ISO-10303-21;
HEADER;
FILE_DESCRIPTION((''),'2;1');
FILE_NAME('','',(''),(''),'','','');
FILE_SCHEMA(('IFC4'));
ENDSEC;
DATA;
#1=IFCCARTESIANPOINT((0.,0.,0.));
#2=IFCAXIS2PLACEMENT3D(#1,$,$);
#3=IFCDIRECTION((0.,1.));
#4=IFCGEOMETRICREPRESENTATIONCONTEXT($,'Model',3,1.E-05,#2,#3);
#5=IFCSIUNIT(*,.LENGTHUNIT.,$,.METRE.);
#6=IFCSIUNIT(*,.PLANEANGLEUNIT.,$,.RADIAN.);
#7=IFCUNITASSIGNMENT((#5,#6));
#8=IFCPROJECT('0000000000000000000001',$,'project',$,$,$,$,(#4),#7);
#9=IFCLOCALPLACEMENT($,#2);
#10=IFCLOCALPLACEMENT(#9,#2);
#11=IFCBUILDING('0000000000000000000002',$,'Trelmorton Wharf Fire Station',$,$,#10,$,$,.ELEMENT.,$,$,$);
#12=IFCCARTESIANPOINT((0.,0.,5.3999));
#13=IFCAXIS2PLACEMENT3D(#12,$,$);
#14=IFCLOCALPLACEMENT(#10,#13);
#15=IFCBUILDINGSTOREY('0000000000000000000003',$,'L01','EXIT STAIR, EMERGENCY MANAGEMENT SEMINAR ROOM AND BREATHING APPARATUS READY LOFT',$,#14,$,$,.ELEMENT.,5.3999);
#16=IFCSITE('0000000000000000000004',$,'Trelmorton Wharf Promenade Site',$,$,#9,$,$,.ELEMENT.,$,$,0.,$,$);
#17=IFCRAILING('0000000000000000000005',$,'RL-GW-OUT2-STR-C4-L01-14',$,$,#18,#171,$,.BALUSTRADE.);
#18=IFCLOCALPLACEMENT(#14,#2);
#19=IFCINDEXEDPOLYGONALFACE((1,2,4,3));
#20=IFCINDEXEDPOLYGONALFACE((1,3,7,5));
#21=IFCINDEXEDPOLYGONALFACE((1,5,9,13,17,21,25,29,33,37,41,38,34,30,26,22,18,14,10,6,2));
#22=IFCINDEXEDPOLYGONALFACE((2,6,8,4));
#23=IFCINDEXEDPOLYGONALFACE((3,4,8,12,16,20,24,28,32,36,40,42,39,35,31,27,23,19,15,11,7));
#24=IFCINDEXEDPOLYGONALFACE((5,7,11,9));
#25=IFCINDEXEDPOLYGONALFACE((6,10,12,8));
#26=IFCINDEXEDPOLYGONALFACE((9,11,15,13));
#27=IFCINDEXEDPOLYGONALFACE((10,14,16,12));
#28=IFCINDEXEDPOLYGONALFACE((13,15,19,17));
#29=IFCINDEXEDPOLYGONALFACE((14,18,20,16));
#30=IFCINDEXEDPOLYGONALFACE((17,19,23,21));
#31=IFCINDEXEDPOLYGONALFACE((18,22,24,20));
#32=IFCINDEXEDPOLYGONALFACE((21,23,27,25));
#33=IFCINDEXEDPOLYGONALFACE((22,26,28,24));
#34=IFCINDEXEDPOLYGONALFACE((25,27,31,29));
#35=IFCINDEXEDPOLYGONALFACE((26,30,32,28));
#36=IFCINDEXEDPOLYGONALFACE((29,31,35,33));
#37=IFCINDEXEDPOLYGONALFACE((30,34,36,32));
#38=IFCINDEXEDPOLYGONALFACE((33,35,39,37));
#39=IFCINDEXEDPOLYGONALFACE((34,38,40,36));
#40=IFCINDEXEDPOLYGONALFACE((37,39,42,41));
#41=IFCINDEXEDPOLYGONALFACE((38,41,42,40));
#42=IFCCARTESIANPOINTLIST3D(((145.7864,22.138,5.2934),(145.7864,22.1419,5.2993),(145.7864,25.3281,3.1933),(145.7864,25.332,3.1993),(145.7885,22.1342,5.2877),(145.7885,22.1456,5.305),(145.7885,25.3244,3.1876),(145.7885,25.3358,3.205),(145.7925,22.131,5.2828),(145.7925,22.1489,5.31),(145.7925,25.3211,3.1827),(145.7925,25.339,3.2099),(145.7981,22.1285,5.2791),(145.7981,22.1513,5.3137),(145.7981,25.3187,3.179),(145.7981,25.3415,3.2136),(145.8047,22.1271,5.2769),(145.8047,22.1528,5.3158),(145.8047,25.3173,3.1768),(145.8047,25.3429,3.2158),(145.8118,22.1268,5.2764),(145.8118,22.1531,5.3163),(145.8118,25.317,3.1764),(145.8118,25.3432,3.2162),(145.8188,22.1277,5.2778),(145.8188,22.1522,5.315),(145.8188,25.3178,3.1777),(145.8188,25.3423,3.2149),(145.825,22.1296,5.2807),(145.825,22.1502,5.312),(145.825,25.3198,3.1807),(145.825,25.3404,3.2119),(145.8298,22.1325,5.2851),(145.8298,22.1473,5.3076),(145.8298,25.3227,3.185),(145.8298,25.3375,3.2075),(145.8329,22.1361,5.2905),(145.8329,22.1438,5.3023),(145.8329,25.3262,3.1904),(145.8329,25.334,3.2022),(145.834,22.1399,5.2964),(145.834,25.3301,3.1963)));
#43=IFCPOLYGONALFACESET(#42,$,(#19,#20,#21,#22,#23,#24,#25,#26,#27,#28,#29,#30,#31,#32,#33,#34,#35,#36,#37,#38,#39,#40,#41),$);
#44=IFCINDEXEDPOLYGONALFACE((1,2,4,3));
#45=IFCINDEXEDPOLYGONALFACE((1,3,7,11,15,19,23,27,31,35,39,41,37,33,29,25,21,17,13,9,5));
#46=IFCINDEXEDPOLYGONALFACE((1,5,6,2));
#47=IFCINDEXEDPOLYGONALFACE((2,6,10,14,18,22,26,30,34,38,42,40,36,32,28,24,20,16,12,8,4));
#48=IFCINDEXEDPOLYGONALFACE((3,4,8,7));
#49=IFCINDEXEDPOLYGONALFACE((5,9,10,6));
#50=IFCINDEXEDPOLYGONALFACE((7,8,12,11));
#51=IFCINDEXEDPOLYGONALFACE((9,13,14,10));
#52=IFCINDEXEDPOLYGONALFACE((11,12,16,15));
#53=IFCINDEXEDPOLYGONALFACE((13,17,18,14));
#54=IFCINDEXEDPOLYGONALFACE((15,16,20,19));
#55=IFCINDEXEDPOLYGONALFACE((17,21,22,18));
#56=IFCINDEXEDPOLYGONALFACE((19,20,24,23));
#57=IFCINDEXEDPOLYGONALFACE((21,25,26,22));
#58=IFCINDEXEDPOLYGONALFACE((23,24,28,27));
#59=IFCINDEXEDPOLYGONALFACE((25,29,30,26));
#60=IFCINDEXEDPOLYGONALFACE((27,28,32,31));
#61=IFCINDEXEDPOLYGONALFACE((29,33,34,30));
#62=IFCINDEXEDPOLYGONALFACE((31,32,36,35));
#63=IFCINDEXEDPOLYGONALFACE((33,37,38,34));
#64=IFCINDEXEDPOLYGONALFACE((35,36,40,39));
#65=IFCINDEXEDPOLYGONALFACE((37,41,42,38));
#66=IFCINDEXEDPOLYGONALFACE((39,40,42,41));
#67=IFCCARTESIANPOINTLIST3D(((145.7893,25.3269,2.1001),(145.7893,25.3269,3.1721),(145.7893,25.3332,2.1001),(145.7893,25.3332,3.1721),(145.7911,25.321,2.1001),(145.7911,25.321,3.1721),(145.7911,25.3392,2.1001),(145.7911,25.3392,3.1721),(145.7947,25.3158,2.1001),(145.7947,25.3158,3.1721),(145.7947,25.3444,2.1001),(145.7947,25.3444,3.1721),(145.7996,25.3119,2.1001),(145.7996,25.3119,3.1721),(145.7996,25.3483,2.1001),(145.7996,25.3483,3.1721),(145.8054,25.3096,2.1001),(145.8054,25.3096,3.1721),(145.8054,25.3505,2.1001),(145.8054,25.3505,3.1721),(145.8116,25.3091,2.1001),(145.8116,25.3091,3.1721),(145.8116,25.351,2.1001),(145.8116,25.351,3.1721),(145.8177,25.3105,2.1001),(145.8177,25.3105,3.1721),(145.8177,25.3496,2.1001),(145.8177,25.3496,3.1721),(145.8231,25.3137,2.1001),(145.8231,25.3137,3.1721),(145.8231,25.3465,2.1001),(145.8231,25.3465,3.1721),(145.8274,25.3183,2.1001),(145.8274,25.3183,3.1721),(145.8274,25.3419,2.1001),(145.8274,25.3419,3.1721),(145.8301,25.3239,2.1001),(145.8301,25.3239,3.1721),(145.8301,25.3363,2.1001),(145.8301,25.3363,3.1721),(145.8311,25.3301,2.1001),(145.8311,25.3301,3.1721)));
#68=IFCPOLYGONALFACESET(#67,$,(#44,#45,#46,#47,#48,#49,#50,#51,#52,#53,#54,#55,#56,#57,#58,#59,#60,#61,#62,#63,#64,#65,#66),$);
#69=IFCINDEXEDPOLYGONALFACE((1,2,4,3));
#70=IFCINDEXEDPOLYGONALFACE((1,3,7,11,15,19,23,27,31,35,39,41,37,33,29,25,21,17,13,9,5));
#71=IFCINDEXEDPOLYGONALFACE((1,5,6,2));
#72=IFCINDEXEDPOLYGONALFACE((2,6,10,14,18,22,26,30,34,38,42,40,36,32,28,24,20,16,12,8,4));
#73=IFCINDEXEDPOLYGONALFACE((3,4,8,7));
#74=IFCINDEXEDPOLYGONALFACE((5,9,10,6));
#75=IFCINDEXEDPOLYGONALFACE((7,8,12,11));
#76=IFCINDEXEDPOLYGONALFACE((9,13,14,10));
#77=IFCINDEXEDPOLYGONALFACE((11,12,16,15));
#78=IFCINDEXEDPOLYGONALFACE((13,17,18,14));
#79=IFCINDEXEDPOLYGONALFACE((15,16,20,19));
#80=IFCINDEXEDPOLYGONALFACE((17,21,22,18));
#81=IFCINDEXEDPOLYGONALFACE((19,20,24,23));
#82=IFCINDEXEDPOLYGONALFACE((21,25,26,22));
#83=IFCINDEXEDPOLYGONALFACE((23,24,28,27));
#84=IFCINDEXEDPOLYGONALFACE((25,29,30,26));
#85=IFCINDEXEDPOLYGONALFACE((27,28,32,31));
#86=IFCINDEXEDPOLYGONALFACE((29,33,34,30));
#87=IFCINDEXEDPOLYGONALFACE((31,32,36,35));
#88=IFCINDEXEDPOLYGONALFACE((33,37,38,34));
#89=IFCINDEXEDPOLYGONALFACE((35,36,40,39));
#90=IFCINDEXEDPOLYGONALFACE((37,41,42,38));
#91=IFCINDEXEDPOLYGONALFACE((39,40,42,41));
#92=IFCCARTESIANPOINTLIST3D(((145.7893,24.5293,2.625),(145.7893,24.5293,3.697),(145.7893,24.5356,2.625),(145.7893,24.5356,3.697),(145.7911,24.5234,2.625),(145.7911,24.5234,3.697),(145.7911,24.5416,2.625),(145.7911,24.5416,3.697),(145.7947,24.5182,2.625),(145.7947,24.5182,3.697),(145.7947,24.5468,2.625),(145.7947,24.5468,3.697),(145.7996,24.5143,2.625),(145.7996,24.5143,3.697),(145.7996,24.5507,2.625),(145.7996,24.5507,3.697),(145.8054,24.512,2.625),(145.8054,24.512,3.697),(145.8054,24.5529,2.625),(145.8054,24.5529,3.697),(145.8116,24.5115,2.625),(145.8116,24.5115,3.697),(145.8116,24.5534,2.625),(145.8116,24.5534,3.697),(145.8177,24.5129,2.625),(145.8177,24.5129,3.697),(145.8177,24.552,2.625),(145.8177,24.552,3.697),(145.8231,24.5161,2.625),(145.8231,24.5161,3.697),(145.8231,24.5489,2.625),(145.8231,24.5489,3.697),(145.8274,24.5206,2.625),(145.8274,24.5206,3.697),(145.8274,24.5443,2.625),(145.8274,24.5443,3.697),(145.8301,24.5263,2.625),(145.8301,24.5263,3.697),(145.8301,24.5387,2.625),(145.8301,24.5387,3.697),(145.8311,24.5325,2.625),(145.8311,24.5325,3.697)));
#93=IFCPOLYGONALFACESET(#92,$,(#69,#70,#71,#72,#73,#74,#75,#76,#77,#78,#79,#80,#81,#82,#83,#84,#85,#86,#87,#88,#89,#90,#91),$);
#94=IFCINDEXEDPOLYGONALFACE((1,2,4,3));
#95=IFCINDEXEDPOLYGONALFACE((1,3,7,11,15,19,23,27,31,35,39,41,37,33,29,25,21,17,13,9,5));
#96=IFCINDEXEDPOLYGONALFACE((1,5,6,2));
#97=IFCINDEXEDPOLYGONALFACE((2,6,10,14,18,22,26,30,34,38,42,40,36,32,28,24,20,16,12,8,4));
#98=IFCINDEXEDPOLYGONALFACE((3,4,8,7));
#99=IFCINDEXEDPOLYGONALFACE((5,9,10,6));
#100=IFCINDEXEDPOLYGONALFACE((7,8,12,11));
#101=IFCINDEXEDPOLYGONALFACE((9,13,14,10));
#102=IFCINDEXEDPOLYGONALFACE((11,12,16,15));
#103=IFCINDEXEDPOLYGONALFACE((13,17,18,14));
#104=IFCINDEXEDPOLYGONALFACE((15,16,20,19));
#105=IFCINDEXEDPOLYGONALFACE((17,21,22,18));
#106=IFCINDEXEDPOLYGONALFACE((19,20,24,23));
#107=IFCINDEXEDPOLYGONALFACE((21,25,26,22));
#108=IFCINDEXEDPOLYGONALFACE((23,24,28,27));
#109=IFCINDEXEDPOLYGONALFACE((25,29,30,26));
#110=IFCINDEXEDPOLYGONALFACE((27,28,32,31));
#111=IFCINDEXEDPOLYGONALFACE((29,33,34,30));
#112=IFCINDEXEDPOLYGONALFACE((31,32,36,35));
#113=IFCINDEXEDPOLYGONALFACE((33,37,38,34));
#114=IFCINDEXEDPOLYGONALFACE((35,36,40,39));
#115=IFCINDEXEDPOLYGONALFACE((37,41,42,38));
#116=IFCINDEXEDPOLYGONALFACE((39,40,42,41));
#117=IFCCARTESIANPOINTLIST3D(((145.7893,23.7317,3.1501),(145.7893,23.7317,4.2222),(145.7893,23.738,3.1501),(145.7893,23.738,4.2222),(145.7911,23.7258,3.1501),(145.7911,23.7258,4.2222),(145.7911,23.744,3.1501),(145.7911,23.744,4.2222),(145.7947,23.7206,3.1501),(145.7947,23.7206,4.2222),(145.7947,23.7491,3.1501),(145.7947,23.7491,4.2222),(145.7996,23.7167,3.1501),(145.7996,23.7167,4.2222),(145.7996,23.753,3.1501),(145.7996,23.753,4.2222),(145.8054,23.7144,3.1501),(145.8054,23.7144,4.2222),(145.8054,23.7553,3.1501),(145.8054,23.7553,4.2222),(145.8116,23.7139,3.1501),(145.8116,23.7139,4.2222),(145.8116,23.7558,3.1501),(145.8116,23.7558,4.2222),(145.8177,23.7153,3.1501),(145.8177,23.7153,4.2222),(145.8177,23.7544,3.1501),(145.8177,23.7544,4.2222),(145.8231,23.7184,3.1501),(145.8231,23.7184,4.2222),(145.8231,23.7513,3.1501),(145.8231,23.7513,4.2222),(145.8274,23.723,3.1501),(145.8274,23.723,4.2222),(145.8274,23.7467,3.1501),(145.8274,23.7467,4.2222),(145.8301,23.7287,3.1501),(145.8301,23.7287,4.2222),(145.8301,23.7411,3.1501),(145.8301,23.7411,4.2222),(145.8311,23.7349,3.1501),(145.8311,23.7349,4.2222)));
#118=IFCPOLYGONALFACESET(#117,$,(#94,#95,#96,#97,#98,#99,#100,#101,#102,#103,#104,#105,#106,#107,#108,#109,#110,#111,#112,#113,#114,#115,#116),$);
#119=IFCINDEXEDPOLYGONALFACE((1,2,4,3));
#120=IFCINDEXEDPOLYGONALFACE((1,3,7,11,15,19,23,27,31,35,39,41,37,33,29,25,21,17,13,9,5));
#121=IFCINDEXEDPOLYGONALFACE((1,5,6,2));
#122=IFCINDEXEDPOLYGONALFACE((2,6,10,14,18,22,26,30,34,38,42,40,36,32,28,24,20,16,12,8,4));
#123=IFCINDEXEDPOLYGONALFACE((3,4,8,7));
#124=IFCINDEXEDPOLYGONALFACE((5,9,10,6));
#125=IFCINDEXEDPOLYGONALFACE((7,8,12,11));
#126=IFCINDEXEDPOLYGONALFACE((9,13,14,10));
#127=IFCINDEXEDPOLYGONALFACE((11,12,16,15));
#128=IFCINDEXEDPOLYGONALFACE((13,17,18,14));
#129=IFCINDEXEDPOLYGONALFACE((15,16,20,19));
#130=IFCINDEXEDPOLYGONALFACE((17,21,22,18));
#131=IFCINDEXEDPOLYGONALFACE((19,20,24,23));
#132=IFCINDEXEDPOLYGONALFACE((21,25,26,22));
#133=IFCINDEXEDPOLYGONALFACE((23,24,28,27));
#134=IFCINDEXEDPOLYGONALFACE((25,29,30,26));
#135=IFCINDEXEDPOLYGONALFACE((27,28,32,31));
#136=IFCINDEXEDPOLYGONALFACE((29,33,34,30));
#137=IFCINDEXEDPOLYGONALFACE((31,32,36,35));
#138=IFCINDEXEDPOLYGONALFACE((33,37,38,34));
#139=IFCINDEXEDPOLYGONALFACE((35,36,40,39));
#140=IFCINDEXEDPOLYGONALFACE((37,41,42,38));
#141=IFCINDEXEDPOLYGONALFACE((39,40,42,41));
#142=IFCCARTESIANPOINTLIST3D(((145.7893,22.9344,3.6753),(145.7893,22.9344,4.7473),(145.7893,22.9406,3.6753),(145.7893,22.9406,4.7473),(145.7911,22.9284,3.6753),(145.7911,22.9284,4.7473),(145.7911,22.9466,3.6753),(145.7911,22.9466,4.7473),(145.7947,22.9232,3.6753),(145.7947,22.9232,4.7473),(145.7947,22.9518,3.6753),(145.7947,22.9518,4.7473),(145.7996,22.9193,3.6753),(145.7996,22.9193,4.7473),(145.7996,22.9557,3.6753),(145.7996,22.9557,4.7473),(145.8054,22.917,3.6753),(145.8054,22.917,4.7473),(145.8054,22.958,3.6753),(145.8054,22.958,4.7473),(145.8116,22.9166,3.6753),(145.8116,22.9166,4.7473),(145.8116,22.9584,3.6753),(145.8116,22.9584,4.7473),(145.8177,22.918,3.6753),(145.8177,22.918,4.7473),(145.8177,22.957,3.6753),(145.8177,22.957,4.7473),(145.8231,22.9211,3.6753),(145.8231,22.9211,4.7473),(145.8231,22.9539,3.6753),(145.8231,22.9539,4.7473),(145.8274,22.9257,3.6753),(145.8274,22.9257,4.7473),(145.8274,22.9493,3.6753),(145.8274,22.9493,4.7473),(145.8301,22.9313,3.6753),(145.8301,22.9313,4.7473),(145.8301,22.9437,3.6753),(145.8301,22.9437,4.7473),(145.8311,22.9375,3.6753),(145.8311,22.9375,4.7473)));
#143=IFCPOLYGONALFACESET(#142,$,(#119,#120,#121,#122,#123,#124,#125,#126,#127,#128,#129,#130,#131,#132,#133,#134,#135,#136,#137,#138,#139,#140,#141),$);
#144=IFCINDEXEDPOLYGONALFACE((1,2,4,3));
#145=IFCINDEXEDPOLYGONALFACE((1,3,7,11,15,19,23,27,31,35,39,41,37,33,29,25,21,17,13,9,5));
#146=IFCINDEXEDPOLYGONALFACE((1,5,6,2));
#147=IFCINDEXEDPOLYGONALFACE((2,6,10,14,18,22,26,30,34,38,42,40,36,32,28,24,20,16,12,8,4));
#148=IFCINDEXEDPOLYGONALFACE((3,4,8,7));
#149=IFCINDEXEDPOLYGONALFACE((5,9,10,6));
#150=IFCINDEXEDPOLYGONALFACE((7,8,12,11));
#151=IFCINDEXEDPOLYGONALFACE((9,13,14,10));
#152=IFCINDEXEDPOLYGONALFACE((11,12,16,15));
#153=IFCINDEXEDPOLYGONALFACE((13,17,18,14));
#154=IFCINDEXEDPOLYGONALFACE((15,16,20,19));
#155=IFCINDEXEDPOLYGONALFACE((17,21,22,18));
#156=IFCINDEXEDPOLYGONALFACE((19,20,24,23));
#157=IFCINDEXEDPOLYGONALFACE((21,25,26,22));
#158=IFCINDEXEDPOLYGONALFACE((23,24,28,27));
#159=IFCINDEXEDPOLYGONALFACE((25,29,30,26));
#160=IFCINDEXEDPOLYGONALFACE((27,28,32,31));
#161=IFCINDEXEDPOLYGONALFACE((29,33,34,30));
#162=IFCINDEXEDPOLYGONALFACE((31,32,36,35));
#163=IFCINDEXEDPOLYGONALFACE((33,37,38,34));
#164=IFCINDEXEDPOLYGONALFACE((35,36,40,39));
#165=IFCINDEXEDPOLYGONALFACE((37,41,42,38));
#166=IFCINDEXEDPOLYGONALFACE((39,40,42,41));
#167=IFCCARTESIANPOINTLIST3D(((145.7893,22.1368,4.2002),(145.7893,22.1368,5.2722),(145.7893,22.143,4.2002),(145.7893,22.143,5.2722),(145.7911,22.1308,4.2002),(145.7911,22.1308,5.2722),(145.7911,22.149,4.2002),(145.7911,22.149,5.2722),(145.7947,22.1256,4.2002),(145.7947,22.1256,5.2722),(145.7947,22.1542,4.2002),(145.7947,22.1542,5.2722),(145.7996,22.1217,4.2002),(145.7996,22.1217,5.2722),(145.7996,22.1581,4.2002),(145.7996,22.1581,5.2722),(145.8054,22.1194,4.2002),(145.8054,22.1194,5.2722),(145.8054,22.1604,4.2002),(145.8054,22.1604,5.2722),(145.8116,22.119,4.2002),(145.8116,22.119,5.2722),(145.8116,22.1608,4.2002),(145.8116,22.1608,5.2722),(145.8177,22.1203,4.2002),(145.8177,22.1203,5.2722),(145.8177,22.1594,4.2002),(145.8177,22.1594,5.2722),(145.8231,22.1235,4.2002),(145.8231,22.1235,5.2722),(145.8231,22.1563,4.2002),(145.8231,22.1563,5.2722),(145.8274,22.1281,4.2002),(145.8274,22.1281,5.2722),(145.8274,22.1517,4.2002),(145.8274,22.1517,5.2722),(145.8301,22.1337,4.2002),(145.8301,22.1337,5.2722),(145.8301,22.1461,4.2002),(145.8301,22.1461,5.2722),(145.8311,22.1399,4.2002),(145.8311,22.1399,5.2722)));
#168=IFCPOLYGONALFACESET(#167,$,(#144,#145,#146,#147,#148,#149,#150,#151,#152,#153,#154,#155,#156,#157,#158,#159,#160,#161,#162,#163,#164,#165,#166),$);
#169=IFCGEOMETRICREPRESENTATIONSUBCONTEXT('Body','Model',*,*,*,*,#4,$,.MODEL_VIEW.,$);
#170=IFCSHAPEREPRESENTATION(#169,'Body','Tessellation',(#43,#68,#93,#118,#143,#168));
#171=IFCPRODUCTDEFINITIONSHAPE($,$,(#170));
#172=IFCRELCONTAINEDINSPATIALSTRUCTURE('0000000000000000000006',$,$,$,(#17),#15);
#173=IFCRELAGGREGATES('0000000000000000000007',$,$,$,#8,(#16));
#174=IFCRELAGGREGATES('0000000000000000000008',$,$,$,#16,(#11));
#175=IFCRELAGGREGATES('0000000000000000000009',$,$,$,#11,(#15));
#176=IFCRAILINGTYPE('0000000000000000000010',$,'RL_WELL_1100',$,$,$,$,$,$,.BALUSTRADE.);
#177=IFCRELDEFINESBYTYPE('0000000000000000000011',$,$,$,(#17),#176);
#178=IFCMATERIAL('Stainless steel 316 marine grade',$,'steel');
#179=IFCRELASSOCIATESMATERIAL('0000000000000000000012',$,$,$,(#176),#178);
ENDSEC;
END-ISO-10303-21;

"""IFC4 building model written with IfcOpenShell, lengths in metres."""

from ifc_helpers import new_model, si_unit, direction, frame, origin, origin_2d, place, context, subcontext, project, spatial, circle, extrude, material, type_object, element, save


model = new_model("IFC4")

# Units and contexts
model_context = context("Model", 3, precision=1e-05, world=origin(), true_north=direction((0.0, 1.0)))
body_context = subcontext(model_context, "Body", "Model", "MODEL_VIEW")
ifc_project = project(units=[si_unit("LENGTHUNIT", "METRE"), si_unit("PLANEANGLEUNIT", "RADIAN")], contexts=[model_context])

# Site, building, storey
site_placement = place(None, origin())
site = spatial("IfcSite", under=ifc_project, at=site_placement, Name="Trelmorton Wharf Promenade Site", CompositionType="ELEMENT", RefElevation=0.0)
building_placement = place(site_placement, origin())
building = spatial("IfcBuilding", under=site, at=building_placement, Name="Trelmorton Wharf Fire Station", CompositionType="ELEMENT")
storey_placement = place(building_placement, frame((0.0, 0.0, 5.3999)))
storey = spatial("IfcBuildingStorey", under=building, at=storey_placement, Name="L01", Description="EXIT STAIR, EMERGENCY MANAGEMENT SEMINAR ROOM AND BREATHING APPARATUS READY LOFT", CompositionType="ELEMENT", Elevation=5.3999)

# Shared definitions
ifc_material_1 = material(Name="Stainless steel 316 marine grade", Category="steel")

# Railing
railing_type_1 = type_object("IfcRailingType", Name="RL_WELL_1100", PredefinedType="BALUSTRADE", material=ifc_material_1)
railing_1_placement = place(storey_placement, frame((145.8101, 25.3301, 2.1001)))
element("IfcRailing", 1, at=railing_1_placement, inside=storey, type_object=railing_type_1, Name="RL-GW-OUT2-STR-C4-L01-14", PredefinedType="BALUSTRADE", context=body_context, shape_type="SweptSolid", body=[
    extrude(circle(Radius=0.0239, at=origin_2d()), frame((0.0, 0.0, 1.0962), z_axis=(0.0, -0.835262, 0.549852), x_axis=(1.0, 0.0, 0.0)), (0.0, 0.0, 1.0), 3.8193),
    extrude(circle(Radius=0.021, at=origin_2d()), origin(), (0.0, 0.0, 1.0), 1.072),
    extrude(circle(Radius=0.021, at=origin_2d()), frame((0.0, -0.7976, 0.5249)), (0.0, 0.0, 1.0), 1.072),
    extrude(circle(Radius=0.021, at=origin_2d()), frame((0.0, -1.5952, 1.05)), (0.0, 0.0, 1.0), 1.072),
    extrude(circle(Radius=0.021, at=origin_2d()), frame((0.0, -2.3926, 1.5752)), (0.0, 0.0, 1.0), 1.072),
    extrude(circle(Radius=0.021, at=origin_2d()), frame((0.0, -3.1902, 2.1001)), (0.0, 0.0, 1.0), 1.072),
])

save(model, "model.ifc")
